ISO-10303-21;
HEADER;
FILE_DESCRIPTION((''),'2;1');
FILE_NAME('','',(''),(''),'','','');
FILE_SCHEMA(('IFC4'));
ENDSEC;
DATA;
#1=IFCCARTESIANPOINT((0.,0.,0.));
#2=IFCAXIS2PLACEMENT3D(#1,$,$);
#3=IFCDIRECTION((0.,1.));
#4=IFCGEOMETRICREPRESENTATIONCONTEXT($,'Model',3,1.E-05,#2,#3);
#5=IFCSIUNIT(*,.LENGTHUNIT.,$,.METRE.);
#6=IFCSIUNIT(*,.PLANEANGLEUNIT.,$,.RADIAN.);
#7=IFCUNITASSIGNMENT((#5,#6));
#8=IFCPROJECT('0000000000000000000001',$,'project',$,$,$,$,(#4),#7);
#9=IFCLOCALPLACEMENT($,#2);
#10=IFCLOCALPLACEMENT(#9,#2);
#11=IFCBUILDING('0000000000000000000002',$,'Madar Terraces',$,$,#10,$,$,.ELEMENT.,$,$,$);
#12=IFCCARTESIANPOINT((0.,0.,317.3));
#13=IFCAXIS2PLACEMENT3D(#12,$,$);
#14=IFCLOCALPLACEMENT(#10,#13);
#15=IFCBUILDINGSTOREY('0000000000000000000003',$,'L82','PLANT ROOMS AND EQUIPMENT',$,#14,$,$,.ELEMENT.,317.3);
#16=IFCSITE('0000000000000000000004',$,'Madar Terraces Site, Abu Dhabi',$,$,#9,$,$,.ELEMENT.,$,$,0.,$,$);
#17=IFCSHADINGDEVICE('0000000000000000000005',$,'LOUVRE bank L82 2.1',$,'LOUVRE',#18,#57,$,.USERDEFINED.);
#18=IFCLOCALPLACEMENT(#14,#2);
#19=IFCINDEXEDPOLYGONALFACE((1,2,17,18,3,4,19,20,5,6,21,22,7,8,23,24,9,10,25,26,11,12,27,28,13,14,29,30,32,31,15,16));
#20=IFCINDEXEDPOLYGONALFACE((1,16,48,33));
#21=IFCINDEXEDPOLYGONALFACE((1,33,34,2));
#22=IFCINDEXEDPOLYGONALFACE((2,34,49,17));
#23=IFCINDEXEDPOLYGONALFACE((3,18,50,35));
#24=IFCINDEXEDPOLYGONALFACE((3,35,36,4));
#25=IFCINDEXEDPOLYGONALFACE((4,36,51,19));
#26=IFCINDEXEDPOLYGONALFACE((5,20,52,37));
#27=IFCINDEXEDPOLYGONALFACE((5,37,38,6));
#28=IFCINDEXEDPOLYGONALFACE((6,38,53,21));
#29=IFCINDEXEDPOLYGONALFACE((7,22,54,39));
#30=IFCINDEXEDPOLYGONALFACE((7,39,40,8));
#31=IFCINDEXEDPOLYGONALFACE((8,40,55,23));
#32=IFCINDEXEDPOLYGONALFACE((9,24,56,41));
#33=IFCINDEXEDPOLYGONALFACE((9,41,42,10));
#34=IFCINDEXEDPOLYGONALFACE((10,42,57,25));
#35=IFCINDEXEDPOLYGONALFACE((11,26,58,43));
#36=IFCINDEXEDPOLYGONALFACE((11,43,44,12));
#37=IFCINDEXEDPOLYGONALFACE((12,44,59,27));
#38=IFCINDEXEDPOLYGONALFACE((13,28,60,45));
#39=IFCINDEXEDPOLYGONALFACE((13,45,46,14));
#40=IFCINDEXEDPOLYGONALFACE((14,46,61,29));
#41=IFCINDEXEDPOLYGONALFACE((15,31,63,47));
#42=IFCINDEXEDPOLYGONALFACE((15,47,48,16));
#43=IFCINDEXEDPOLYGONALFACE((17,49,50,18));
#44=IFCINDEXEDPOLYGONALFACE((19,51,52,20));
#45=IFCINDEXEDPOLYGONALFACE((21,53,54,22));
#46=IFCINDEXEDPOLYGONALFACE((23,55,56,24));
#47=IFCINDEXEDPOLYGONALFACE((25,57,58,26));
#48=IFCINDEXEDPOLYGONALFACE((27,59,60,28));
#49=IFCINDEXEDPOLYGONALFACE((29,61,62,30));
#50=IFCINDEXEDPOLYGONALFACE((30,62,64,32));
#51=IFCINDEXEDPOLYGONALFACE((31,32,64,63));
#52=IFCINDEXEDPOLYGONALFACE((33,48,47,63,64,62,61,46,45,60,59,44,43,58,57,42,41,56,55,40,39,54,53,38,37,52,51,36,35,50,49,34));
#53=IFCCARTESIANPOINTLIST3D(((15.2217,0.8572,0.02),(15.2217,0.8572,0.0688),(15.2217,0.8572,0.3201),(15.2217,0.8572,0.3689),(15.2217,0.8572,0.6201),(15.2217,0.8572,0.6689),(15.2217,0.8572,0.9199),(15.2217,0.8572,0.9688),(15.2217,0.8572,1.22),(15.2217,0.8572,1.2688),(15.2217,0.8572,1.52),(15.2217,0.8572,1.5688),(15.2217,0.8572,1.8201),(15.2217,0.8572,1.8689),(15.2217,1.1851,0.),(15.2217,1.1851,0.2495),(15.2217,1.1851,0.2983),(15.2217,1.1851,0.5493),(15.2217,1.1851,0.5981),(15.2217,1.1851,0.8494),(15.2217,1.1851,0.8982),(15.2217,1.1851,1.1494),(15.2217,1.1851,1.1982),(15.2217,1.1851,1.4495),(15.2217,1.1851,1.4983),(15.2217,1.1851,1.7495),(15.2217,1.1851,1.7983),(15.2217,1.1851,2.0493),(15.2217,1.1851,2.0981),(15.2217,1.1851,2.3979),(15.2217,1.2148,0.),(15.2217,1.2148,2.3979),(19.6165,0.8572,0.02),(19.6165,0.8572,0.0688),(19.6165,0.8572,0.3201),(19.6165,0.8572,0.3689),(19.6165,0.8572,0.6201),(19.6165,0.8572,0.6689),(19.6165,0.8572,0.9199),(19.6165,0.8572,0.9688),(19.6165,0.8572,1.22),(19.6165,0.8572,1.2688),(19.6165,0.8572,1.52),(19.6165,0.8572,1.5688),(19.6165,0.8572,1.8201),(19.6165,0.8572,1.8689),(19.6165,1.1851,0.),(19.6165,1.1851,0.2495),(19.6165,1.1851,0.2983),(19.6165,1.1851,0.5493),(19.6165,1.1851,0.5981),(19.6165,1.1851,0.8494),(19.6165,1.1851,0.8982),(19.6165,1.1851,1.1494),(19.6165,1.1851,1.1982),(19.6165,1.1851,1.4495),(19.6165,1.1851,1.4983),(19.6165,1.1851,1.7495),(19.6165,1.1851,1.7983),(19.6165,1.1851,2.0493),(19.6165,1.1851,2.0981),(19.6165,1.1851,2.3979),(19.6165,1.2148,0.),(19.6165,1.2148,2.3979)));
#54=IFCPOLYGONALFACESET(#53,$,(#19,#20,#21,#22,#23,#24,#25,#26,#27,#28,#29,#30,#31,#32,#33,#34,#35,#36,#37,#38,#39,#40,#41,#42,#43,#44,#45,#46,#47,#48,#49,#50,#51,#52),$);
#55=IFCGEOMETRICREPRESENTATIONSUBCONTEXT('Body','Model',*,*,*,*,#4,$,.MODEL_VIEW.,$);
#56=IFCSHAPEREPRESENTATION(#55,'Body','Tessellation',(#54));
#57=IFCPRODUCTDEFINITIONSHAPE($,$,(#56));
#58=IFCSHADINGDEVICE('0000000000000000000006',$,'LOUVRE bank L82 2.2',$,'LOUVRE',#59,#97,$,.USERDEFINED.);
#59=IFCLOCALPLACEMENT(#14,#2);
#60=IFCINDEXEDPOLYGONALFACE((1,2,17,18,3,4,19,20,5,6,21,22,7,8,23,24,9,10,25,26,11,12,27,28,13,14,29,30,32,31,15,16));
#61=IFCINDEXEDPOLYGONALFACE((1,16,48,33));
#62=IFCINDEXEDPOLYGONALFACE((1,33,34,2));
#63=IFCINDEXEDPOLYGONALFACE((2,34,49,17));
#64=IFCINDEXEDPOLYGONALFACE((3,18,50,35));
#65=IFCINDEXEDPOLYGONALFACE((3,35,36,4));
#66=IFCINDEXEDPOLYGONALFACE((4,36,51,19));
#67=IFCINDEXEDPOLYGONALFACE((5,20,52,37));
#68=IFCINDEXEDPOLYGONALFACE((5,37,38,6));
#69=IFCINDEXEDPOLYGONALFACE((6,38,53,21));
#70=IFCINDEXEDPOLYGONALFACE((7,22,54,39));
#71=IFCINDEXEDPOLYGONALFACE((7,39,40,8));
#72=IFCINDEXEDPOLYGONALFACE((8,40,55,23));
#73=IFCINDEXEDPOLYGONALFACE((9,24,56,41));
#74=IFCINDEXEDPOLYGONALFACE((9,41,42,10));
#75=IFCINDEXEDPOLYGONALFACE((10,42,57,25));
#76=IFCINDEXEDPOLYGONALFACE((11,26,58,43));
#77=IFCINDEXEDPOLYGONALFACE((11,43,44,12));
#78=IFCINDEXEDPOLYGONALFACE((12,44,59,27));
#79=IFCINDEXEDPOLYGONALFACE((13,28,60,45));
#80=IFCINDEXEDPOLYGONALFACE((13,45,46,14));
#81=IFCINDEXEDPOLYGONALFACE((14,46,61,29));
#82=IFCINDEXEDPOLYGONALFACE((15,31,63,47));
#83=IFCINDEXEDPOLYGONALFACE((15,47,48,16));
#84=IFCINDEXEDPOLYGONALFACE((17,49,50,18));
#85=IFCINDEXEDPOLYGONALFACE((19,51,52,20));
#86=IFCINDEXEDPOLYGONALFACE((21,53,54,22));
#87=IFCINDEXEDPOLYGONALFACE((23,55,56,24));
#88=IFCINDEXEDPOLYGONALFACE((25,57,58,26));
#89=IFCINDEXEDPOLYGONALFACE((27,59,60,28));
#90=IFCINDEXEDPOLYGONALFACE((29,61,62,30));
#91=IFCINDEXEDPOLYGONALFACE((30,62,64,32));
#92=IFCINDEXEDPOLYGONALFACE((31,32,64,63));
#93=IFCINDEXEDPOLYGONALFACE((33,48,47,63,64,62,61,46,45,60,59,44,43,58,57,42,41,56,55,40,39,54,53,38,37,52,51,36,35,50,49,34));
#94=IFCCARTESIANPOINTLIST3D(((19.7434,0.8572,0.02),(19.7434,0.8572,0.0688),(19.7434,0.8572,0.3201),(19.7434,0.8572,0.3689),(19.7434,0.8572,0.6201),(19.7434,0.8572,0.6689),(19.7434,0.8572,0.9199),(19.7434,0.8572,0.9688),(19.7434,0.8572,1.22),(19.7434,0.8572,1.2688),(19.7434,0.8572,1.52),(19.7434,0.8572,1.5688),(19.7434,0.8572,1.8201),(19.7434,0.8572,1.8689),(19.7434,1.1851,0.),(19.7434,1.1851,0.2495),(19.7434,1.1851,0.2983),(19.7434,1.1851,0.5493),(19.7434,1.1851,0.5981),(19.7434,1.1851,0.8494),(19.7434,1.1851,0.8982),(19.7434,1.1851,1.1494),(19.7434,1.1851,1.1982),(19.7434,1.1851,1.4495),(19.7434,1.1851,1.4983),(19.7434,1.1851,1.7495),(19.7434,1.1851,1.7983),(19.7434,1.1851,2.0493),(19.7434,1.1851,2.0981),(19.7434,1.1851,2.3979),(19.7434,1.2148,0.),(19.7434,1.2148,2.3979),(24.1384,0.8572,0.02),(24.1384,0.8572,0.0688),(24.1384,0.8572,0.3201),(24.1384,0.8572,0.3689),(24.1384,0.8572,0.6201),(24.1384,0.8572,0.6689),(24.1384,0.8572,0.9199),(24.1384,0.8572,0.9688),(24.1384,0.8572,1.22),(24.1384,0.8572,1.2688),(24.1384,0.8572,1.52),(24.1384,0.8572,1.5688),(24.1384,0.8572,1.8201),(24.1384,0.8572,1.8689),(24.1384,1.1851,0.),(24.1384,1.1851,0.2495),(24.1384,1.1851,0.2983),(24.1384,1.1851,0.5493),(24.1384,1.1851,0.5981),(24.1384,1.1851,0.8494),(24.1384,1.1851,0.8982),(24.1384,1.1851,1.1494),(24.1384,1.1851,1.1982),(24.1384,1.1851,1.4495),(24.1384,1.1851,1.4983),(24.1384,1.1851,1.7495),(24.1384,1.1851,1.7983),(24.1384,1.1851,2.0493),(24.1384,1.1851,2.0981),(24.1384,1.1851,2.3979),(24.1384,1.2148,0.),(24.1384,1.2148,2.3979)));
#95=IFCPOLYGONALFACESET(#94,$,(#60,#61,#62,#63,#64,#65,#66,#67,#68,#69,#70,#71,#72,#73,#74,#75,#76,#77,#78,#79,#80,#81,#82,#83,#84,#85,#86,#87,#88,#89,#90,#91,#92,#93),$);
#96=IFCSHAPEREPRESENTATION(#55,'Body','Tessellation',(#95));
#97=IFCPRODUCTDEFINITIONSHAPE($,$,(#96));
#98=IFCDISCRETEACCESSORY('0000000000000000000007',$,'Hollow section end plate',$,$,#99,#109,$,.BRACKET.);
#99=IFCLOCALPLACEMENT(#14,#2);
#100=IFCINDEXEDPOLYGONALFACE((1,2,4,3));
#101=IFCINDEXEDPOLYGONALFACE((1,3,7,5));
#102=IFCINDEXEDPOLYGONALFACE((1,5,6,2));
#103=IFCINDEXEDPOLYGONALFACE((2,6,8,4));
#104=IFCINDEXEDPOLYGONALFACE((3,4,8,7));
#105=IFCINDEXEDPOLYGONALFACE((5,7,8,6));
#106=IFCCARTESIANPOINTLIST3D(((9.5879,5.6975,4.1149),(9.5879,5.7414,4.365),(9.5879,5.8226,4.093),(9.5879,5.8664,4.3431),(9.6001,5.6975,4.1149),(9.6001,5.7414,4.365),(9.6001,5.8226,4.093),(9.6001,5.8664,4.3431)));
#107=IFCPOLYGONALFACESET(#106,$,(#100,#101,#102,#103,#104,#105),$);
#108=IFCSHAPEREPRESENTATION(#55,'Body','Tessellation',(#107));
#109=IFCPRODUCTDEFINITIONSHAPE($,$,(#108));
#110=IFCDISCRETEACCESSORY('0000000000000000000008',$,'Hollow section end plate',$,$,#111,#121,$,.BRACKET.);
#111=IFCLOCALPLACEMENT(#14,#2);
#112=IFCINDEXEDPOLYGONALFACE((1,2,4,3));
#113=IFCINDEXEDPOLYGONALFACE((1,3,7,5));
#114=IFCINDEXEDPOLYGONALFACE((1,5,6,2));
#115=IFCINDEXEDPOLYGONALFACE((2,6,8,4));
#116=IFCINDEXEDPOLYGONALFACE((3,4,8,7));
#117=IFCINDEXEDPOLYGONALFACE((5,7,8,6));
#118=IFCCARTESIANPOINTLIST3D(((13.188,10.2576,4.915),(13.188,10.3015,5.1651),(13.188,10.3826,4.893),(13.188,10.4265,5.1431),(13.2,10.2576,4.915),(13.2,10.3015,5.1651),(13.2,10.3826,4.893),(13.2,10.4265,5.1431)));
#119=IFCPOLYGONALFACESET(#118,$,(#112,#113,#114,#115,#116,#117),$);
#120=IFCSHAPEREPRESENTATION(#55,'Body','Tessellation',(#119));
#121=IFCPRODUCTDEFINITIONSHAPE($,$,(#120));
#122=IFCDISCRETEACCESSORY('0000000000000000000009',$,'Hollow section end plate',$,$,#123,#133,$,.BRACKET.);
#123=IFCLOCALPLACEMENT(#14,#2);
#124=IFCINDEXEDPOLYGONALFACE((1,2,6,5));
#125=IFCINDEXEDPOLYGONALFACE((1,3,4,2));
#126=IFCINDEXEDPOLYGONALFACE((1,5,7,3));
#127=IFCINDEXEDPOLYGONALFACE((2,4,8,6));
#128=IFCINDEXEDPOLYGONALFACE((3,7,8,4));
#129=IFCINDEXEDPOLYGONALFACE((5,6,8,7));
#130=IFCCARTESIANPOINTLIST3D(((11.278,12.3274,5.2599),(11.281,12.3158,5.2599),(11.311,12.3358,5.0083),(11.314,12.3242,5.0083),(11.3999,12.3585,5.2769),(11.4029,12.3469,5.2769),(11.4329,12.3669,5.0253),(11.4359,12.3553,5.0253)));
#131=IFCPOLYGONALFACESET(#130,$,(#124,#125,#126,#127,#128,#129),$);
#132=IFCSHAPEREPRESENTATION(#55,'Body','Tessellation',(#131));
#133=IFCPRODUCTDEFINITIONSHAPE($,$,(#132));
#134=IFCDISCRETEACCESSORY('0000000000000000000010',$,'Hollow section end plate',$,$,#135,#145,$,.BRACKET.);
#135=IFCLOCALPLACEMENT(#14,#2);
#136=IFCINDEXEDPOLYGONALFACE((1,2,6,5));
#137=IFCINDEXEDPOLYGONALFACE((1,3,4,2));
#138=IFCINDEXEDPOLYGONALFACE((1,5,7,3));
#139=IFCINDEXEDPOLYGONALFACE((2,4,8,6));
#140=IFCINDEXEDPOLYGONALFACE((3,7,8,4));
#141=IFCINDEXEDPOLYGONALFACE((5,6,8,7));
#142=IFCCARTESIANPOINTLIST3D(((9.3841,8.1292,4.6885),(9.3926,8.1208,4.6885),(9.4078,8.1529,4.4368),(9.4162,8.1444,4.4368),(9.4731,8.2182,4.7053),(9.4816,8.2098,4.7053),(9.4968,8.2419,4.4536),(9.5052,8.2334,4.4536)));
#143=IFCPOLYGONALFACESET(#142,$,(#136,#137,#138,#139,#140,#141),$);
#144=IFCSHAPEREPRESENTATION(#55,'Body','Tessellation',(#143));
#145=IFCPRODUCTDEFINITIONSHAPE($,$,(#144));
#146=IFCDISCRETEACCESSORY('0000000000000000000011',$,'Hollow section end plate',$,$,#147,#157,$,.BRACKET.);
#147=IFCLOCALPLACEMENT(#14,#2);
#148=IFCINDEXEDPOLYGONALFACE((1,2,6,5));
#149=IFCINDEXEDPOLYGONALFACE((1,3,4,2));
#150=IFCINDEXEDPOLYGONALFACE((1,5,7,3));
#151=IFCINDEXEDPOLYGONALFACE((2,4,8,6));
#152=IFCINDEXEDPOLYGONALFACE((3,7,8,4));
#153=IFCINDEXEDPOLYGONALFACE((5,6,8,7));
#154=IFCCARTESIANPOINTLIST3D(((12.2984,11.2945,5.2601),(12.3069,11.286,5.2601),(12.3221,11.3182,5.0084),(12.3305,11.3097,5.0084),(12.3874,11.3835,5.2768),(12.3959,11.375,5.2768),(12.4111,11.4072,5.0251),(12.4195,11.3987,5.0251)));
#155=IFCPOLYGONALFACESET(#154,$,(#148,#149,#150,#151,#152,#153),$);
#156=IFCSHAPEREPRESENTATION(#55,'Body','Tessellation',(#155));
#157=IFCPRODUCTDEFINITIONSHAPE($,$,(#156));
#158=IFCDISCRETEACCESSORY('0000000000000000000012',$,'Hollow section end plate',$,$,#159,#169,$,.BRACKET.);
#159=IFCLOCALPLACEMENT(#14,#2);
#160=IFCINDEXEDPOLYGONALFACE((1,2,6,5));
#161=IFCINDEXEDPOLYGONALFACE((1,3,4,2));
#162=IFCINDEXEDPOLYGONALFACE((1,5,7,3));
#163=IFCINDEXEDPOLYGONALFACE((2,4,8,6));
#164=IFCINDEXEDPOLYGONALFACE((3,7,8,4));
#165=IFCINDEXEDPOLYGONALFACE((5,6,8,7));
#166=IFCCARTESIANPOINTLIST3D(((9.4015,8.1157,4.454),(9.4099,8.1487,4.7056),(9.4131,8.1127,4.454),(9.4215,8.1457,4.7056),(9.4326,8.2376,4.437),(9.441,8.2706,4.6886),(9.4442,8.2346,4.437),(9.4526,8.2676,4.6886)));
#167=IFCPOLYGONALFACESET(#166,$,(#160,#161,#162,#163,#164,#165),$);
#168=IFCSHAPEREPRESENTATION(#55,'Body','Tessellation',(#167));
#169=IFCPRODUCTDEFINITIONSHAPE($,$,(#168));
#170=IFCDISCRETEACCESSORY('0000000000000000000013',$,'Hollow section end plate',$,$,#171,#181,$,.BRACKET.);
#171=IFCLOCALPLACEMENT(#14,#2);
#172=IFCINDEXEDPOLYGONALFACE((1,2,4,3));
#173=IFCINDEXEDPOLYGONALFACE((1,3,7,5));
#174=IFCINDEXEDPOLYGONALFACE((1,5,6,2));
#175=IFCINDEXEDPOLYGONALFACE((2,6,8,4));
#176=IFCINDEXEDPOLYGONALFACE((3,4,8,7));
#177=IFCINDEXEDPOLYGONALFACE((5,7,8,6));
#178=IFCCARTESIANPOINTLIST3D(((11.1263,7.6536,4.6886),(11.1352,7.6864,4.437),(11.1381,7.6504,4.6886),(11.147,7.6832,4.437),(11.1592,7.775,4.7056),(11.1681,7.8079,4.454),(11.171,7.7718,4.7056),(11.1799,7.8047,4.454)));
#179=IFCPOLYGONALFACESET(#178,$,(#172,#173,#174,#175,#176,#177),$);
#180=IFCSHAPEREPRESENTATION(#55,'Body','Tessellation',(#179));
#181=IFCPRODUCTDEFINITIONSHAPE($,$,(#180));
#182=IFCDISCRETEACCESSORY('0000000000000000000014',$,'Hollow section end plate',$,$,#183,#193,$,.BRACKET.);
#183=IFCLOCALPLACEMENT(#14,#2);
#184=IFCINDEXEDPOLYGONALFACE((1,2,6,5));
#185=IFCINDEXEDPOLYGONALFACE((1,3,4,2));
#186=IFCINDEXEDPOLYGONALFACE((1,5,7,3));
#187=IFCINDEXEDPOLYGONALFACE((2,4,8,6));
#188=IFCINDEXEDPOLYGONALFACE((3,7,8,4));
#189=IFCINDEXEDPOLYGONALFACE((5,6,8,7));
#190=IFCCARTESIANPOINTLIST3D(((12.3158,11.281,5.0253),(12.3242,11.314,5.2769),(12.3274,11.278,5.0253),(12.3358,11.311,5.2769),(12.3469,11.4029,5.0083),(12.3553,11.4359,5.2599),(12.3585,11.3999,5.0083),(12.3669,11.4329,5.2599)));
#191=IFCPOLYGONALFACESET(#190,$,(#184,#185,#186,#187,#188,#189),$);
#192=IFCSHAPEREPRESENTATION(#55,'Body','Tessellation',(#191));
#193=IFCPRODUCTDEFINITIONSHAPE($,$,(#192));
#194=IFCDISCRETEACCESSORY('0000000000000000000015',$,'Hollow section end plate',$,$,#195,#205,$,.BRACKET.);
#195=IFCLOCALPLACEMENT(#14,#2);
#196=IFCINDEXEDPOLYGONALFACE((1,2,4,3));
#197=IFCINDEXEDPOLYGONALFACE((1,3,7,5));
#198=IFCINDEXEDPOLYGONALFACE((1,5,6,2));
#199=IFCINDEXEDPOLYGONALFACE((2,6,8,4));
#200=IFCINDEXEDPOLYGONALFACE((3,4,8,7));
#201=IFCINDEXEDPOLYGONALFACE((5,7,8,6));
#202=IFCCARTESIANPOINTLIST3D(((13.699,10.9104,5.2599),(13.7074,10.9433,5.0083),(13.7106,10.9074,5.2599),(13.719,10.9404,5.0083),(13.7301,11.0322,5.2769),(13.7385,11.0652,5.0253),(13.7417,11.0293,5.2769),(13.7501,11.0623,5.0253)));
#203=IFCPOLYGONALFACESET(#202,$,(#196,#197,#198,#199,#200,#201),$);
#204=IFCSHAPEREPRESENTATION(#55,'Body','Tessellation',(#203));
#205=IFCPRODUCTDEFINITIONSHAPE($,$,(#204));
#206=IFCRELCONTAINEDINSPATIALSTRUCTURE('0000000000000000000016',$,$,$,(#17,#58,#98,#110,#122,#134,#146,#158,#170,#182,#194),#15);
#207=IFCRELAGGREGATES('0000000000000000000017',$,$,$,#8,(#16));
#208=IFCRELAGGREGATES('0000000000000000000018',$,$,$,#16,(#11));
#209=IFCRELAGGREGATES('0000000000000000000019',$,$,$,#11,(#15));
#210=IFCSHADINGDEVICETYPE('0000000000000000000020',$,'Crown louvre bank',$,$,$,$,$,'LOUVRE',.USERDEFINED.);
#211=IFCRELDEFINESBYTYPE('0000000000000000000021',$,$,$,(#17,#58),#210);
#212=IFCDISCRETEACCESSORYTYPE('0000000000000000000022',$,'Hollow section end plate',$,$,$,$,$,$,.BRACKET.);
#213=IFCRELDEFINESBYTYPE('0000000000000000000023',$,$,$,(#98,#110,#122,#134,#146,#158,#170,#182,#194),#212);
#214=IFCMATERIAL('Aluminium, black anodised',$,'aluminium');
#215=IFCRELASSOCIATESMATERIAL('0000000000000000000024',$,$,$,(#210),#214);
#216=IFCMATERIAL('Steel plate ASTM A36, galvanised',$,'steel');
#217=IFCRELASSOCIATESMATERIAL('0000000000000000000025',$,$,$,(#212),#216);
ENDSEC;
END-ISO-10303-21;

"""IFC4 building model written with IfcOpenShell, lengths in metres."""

from ifc_helpers import new_model, si_unit, direction, frame, origin, origin_2d, place, context, subcontext, project, spatial, polyline, rectangle, outline, extrude, material, type_object, element, save


model = new_model("IFC4")

# Units and contexts
model_context = context("Model", 3, precision=1e-05, world=origin(), true_north=direction((0.0, 1.0)))
body_context = subcontext(model_context, "Body", "Model", "MODEL_VIEW")
ifc_project = project(units=[si_unit("LENGTHUNIT", "METRE"), si_unit("PLANEANGLEUNIT", "RADIAN")], contexts=[model_context])

# Site, building, storey
site_placement = place(None, origin())
site = spatial("IfcSite", under=ifc_project, at=site_placement, Name="Madar Terraces Site, Abu Dhabi", CompositionType="ELEMENT", RefElevation=0.0)
building_placement = place(site_placement, origin())
building = spatial("IfcBuilding", under=site, at=building_placement, Name="Madar Terraces", CompositionType="ELEMENT")
storey_placement = place(building_placement, frame((0.0, 0.0, 317.3)))
storey = spatial("IfcBuildingStorey", under=building, at=storey_placement, Name="L82", Description="PLANT ROOMS AND EQUIPMENT", CompositionType="ELEMENT", Elevation=317.3)

# Shading devices
ifc_material_1 = material(Name="Aluminium, black anodised", Category="aluminium")
shading_device_type = type_object("IfcShadingDeviceType", Name="Crown louvre bank", ElementType="LOUVRE", PredefinedType="USERDEFINED", material=ifc_material_1)
shading_device_1_placement = place(storey_placement, frame((15.2217, 1.2, 0.0), z_axis=(1.0, 0.0, 0.0), x_axis=(0.0, 1.0, 0.0)))
element("IfcShadingDevice", 1, at=shading_device_1_placement, inside=storey, type_object=shading_device_type, Name="LOUVRE bank L82 2.1", ObjectType="LOUVRE", PredefinedType="USERDEFINED", context=body_context, shape_type="SweptSolid", body=[
    extrude(outline(polyline([(0.0149, 0.0), (-0.0149, 0.0), (-0.0149, 0.2495), (-0.3428, 0.02), (-0.3428, 0.0688), (-0.0149, 0.2983), (-0.0149, 0.5493), (-0.3428, 0.3201), (-0.3428, 0.3689), (-0.0149, 0.5981), (-0.0149, 0.8494), (-0.3428, 0.6201), (-0.3428, 0.6689), (-0.0149, 0.8982), (-0.0149, 1.1494), (-0.3428, 0.9199), (-0.3428, 0.9688), (-0.0149, 1.1982), (-0.0149, 1.4495), (-0.3428, 1.22), (-0.3428, 1.2688), (-0.0149, 1.4983), (-0.0149, 1.7495), (-0.3428, 1.52), (-0.3428, 1.5688), (-0.0149, 1.7983), (-0.0149, 2.0493), (-0.3428, 1.8201), (-0.3428, 1.8689), (-0.0149, 2.0981), (-0.0149, 2.3979), (0.0149, 2.3979), (0.0149, 0.0)])), origin(), (0.0, 0.0, 1.0), 4.3948),
])
shading_device_2_placement = place(storey_placement, frame((19.7434, 1.2, 0.0), z_axis=(1.0, 0.0, 0.0), x_axis=(0.0, 1.0, 0.0)))
element("IfcShadingDevice", 2, at=shading_device_2_placement, inside=storey, type_object=shading_device_type, Name="LOUVRE bank L82 2.2", ObjectType="LOUVRE", PredefinedType="USERDEFINED", context=body_context, shape_type="SweptSolid", body=[
    extrude(outline(polyline([(0.0149, 0.0), (-0.0149, 0.0), (-0.0149, 0.2495), (-0.3428, 0.02), (-0.3428, 0.0688), (-0.0149, 0.2983), (-0.0149, 0.5493), (-0.3428, 0.3201), (-0.3428, 0.3689), (-0.0149, 0.5981), (-0.0149, 0.8494), (-0.3428, 0.6201), (-0.3428, 0.6689), (-0.0149, 0.8982), (-0.0149, 1.1494), (-0.3428, 0.9199), (-0.3428, 0.9688), (-0.0149, 1.1982), (-0.0149, 1.4495), (-0.3428, 1.22), (-0.3428, 1.2688), (-0.0149, 1.4983), (-0.0149, 1.7495), (-0.3428, 1.52), (-0.3428, 1.5688), (-0.0149, 1.7983), (-0.0149, 2.0493), (-0.3428, 1.8201), (-0.3428, 1.8689), (-0.0149, 2.0981), (-0.0149, 2.3979), (0.0149, 2.3979), (0.0149, 0.0)])), origin(), (0.0, 0.0, 1.0), 4.395),
])

# Discrete accessories
ifc_material_2 = material(Name="Steel plate ASTM A36, galvanised", Category="steel")
discrete_accessory_type_1 = type_object("IfcDiscreteAccessoryType", Name="Hollow section end plate", PredefinedType="BRACKET", material=ifc_material_2)
discrete_accessory_1_placement = place(storey_placement, frame((9.6001, 5.782, 4.229), z_axis=(-1.0, 0.0, 0.0), x_axis=(0.0, -0.984957, 0.172799)))
element("IfcDiscreteAccessory", 3, at=discrete_accessory_1_placement, inside=storey, type_object=discrete_accessory_type_1, Name="Hollow section end plate", PredefinedType="BRACKET", context=body_context, shape_type="SweptSolid", body=[
    extrude(rectangle(XDim=0.127, YDim=0.2539, at=origin_2d()), origin(), (0.0, 0.0, 1.0), 0.0122),
])
for number, where, z_axis, x_axis, name in (
    (4, (13.2, 10.342, 5.0291), (-1.0, 0.0, 0.0), (0.0, -0.984957, 0.172799), "Hollow section end plate"),
    (5, (11.3555, 12.3472, 5.1426), (0.247383, -0.968918, 0.0), (0.960168, 0.245149, 0.134086), "Hollow section end plate"),
    (6, (9.4404, 8.1855, 4.571), (0.707107, -0.707107, 0.0), (0.700941, 0.700941, 0.131765), "Hollow section end plate"),
    (7, (12.3547, 11.3508, 5.1426), (0.707107, -0.707107, 0.0), (0.700941, 0.700941, 0.131765), "Hollow section end plate"),
    (8, (9.4329, 8.1902, 4.5713), (-0.968918, 0.247383, 0.0), (-0.245149, -0.960168, 0.134086), "Hollow section end plate"),
):
    element("IfcDiscreteAccessory", number, at=place(storey_placement, frame(where, z_axis=z_axis, x_axis=x_axis)), inside=storey, type_object=discrete_accessory_type_1, Name=name, PredefinedType="BRACKET", context=body_context, shape_type="SweptSolid", body=[
        extrude(rectangle(XDim=0.127, YDim=0.2539, at=origin_2d()), origin(), (0.0, 0.0, 1.0), 0.012),
    ])
discrete_accessory_2_placement = place(storey_placement, frame((11.1472, 7.7307, 4.5713), z_axis=(0.965226, -0.261415, 0.0), x_axis=(0.259055, 0.95651, 0.134086)))
element("IfcDiscreteAccessory", 9, at=discrete_accessory_2_placement, inside=storey, type_object=discrete_accessory_type_1, Name="Hollow section end plate", PredefinedType="BRACKET", context=body_context, shape_type="SweptSolid", body=[
    extrude(rectangle(XDim=0.127, YDim=0.2539, at=origin_2d()), origin(), (0.0, 0.0, 1.0), 0.0122),
])
for number, where, z_axis, x_axis, name in (
    (10, (12.3472, 11.3555, 5.1426), (-0.968918, 0.247383, 0.0), (-0.245149, -0.960168, 0.134086), "Hollow section end plate"),
    (11, (13.7188, 10.9878, 5.1426), (0.968918, -0.247383, 0.0), (0.245149, 0.960168, 0.134086), "Hollow section end plate"),
):
    element("IfcDiscreteAccessory", number, at=place(storey_placement, frame(where, z_axis=z_axis, x_axis=x_axis)), inside=storey, type_object=discrete_accessory_type_1, Name=name, PredefinedType="BRACKET", context=body_context, shape_type="SweptSolid", body=[
        extrude(rectangle(XDim=0.127, YDim=0.2539, at=origin_2d()), origin(), (0.0, 0.0, 1.0), 0.012),
    ])

save(model, "model.ifc")
